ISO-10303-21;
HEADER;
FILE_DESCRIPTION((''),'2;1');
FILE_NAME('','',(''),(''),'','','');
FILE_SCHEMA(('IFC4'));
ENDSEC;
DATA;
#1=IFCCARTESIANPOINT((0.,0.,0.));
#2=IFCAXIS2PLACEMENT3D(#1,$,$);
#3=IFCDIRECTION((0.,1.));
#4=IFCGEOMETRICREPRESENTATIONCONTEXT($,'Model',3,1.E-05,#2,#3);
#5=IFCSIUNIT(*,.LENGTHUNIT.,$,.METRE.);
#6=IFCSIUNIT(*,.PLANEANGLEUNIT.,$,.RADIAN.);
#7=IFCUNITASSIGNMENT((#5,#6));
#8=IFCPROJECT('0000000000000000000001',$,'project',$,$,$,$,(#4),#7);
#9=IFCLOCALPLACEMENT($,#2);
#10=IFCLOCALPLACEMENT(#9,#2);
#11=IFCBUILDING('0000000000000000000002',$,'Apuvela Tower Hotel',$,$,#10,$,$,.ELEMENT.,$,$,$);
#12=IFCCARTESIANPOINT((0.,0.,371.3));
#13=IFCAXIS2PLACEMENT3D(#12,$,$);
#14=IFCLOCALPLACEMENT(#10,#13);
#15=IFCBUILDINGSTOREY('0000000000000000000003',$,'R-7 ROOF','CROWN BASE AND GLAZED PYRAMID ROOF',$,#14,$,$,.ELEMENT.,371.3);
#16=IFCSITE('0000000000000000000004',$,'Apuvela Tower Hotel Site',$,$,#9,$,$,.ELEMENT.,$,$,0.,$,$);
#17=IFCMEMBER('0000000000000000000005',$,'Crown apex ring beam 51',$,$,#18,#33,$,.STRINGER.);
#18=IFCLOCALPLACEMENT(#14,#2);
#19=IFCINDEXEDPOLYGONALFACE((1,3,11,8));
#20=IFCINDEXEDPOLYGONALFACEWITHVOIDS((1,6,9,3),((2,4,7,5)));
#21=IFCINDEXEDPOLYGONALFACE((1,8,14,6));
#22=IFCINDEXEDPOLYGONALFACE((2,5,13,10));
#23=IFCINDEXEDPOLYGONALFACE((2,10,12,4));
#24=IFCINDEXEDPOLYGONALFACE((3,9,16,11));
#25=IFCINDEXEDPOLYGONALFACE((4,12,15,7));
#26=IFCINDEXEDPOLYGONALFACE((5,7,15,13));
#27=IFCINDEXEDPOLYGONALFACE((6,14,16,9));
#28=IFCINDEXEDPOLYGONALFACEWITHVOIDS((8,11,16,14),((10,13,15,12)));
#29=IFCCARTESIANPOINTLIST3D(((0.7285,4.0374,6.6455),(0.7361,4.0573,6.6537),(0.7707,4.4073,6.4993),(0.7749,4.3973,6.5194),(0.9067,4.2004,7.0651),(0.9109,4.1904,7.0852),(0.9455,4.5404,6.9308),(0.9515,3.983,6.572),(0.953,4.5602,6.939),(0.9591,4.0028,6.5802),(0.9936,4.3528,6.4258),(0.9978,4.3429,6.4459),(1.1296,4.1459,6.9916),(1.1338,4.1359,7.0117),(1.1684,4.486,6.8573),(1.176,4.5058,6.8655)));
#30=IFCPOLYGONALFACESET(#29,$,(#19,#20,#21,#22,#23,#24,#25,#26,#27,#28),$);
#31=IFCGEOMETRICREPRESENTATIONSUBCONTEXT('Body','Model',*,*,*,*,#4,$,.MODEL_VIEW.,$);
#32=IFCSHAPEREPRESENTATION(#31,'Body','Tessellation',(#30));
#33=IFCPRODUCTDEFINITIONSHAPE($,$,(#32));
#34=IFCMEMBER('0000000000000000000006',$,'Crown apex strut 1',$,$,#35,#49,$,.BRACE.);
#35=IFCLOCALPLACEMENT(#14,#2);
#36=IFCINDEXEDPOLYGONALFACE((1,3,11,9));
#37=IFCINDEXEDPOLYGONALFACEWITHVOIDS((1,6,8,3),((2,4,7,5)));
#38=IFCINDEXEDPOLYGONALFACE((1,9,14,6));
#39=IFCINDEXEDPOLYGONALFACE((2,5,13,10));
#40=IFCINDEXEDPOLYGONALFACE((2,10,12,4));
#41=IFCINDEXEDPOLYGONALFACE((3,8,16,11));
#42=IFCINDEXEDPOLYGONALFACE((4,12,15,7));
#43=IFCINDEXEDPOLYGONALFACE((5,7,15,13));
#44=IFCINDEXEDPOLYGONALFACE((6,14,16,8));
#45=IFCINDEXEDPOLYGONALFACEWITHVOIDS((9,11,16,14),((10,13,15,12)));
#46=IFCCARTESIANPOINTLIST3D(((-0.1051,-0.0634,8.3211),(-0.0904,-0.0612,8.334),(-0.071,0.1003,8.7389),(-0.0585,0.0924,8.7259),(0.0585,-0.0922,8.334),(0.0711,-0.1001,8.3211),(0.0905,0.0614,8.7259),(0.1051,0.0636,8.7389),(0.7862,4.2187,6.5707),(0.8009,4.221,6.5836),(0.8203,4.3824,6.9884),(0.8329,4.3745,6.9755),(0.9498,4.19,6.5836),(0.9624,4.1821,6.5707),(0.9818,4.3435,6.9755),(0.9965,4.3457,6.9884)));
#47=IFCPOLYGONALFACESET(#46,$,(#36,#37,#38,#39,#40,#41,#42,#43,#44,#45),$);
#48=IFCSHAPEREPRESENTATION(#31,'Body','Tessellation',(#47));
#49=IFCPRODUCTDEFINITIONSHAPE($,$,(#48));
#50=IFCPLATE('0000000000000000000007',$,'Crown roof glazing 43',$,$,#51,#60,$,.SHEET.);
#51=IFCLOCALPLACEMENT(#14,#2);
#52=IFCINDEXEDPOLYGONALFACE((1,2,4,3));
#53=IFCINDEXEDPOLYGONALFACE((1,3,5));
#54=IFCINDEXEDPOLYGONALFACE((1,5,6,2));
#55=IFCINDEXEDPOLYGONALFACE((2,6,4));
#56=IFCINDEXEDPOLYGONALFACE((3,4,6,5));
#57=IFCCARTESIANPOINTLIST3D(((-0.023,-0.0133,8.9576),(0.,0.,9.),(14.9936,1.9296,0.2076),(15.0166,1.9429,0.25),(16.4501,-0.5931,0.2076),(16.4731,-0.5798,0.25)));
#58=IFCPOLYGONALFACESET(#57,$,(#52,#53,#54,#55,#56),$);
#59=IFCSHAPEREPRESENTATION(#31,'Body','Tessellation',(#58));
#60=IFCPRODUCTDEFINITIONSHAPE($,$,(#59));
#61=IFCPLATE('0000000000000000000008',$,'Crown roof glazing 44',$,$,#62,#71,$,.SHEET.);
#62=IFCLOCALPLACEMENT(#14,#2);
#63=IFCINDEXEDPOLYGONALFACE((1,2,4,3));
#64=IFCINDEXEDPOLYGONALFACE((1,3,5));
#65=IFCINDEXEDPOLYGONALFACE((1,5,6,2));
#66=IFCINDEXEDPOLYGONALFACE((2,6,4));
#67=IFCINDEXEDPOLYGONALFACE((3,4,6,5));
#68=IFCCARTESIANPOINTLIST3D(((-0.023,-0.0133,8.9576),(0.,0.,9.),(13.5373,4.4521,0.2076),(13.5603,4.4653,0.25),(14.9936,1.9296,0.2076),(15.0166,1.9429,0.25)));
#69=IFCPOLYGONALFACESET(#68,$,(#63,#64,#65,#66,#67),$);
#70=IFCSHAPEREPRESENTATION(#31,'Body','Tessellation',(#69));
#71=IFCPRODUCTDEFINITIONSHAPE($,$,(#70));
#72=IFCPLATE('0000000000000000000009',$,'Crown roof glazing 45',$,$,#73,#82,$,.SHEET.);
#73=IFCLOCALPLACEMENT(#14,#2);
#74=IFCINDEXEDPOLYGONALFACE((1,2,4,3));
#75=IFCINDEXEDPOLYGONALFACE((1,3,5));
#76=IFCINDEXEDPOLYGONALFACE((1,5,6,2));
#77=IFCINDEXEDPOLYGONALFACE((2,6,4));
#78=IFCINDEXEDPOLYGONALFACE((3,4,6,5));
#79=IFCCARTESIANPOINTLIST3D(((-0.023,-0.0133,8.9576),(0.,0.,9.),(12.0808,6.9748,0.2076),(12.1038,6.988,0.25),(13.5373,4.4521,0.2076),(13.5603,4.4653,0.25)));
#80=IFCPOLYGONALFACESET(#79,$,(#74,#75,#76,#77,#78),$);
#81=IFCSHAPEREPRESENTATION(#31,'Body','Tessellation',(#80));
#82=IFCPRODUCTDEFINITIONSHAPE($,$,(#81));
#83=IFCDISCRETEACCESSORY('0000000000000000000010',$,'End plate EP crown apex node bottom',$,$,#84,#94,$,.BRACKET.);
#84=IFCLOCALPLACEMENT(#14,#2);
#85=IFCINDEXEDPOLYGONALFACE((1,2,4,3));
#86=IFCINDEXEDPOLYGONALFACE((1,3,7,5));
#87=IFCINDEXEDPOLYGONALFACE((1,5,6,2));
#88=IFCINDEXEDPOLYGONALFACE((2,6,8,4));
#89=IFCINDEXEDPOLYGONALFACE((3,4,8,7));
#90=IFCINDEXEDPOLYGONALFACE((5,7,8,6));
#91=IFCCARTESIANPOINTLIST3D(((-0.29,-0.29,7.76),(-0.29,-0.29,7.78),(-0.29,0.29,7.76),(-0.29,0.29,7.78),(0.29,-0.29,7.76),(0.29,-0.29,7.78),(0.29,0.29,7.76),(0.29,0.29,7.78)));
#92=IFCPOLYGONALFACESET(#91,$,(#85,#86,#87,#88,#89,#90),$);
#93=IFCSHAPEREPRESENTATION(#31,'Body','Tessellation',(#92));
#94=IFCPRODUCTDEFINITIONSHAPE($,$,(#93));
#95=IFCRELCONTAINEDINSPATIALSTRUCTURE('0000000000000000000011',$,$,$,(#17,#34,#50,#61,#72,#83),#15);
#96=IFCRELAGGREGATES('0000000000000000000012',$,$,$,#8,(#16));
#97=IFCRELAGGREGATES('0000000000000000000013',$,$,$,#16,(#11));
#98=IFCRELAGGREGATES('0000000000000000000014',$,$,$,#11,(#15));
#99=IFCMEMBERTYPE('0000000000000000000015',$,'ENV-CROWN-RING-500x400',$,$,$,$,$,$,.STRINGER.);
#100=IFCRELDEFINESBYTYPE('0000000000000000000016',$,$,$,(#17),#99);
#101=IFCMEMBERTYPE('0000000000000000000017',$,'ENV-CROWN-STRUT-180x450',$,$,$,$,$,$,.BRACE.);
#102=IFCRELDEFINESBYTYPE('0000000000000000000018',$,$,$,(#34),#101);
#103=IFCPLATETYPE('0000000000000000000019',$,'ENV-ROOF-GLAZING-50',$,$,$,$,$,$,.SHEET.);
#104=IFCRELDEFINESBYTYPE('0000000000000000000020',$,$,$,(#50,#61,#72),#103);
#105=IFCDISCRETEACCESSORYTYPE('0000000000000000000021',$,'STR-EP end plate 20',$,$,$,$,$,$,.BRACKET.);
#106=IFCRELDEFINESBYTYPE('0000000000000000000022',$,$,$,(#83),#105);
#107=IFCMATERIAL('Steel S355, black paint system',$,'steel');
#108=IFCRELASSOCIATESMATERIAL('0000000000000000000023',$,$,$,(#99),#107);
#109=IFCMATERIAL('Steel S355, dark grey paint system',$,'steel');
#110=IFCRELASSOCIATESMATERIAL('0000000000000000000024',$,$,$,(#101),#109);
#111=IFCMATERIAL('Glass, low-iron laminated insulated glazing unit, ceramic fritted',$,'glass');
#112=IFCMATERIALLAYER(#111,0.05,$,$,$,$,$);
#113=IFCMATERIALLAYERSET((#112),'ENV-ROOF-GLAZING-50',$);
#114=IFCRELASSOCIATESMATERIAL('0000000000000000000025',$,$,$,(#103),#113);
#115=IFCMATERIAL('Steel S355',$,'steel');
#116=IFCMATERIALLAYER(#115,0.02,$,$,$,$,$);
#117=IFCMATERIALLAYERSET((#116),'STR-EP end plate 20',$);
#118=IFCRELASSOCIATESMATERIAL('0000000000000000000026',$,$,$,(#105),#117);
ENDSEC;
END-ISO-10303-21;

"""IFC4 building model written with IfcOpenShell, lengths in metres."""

from ifc_helpers import new_model, si_unit, direction, frame, origin, origin_2d, place, context, subcontext, project, spatial, polyline, rectangle, hollow_rectangle, outline, extrude, material, layer, layer_set, material_profile, profile_set, type_object, element, save


model = new_model("IFC4")

# Units and contexts
model_context = context("Model", 3, precision=1e-05, world=origin(), true_north=direction((0.0, 1.0)))
body_context = subcontext(model_context, "Body", "Model", "MODEL_VIEW")
ifc_project = project(units=[si_unit("LENGTHUNIT", "METRE"), si_unit("PLANEANGLEUNIT", "RADIAN")], contexts=[model_context])

# Site, building, storey
site_placement = place(None, origin())
site = spatial("IfcSite", under=ifc_project, at=site_placement, Name="Apuvela Tower Hotel Site", CompositionType="ELEMENT", RefElevation=0.0)
building_placement = place(site_placement, origin())
building = spatial("IfcBuilding", under=site, at=building_placement, Name="Apuvela Tower Hotel", CompositionType="ELEMENT")
storey_placement = place(building_placement, frame((0.0, 0.0, 371.3)))
storey = spatial("IfcBuildingStorey", under=building, at=storey_placement, Name="R-7 ROOF", Description="CROWN BASE AND GLAZED PYRAMID ROOF", CompositionType="ELEMENT", Elevation=371.3)

# Members
ifc_material_1 = material(Name="Steel S355, dark grey paint system", Category="steel")
ifc_material_2 = material(Name="Steel S355, black paint system", Category="steel")
ifc_material_profile_1 = material_profile(ifc_material_2, hollow_rectangle(XDim=0.3999, YDim=0.5, WallThickness=0.0161, at=origin_2d()), Name="HSS 500x400x16")
ifc_profile_set_1 = profile_set([ifc_material_profile_1], Name="Steel S355, black paint system")
member_type_1 = type_object("IfcMemberType", Name="ENV-CROWN-RING-500x400", PredefinedType="STRINGER", material=ifc_profile_set_1)
member_1_placement = place(storey_placement, frame((1.0637, 4.2444, 6.7188), z_axis=(-0.925154, 0.225969, 0.305007), x_axis=(-0.105416, -0.924848, 0.365437)))
element("IfcMember", 1, at=member_1_placement, inside=storey, type_object=member_type_1, Name="Crown apex ring beam 51", PredefinedType="STRINGER", context=body_context, shape_type="SweptSolid", body=[
    extrude(hollow_rectangle(XDim=0.3999, YDim=0.5, WallThickness=0.0161, at=origin_2d()), origin(), (0.0, 0.0, 1.0), 0.241),
])
ifc_material_profile_2 = material_profile(ifc_material_1, hollow_rectangle(XDim=0.1799, YDim=0.45, WallThickness=0.0139, at=origin_2d()), Name="HSS 450x180x14")
ifc_profile_set_2 = profile_set([ifc_material_profile_2], Name="Steel S355, dark grey paint system")
member_type_2 = type_object("IfcMemberType", Name="ENV-CROWN-STRUT-180x450", PredefinedType="BRACE", material=ifc_profile_set_2)
member_2_placement = place(storey_placement, frame((0.8914, 4.2822, 6.7795), z_axis=(-0.189196, -0.90893, 0.371552), x_axis=(0.979016, -0.203785, 0.0)))
element("IfcMember", 2, at=member_2_placement, inside=storey, type_object=member_type_2, Name="Crown apex strut 1", PredefinedType="BRACE", context=body_context, shape_type="SweptSolid", body=[
    extrude(hollow_rectangle(XDim=0.1799, YDim=0.45, WallThickness=0.0139, at=origin_2d()), origin(), (0.0, 0.0, 1.0), 4.7112),
])

# Plates
ifc_material_3 = material(Name="Glass, low-iron laminated insulated glazing unit, ceramic fritted", Category="glass")
ifc_layer_1 = layer(ifc_material_3, 0.05)
ifc_layer_set_1 = layer_set([ifc_layer_1], Name="ENV-ROOF-GLAZING-50")
plate_type = type_object("IfcPlateType", Name="ENV-ROOF-GLAZING-50", PredefinedType="SHEET", material=ifc_layer_set_1)
plate_1_placement = place(storey_placement, frame((16.4731, -0.5798, 0.25), z_axis=(0.459552, 0.265333, 0.847591), x_axis=(-0.500015, 0.866017, 0.0)))
element("IfcPlate", 3, at=plate_1_placement, inside=storey, type_object=plate_type, Name="Crown roof glazing 43", PredefinedType="SHEET", context=body_context, shape_type="SweptSolid", body=[
    extrude(outline(polyline([(0.0, 0.0), (2.913, 0.0), (8.739, 16.4892), (0.0, 0.0)])), origin(), (0.0, 0.0, -1.0), 0.05),
])
plate_2_placement = place(storey_placement, frame((15.0166, 1.9429, 0.25), z_axis=(0.459556, 0.265317, 0.847594), x_axis=(-0.499988, 0.866032, 0.0)))
element("IfcPlate", 4, at=plate_2_placement, inside=storey, type_object=plate_type, Name="Crown roof glazing 44", PredefinedType="SHEET", context=body_context, shape_type="SweptSolid", body=[
    extrude(outline(polyline([(0.0, 0.0), (2.9127, 0.0), (5.8255, 16.4893), (0.0, 0.0)])), origin(), (0.0, 0.0, -1.0), 0.05),
])
plate_3_placement = place(storey_placement, frame((13.5603, 4.4653, 0.25), z_axis=(0.45955, 0.265332, 0.847592), x_axis=(-0.500015, 0.866017, 0.0)))
element("IfcPlate", 5, at=plate_3_placement, inside=storey, type_object=plate_type, Name="Crown roof glazing 45", PredefinedType="SHEET", context=body_context, shape_type="SweptSolid", body=[
    extrude(outline(polyline([(0.0, 0.0), (2.913, 0.0), (2.9133, 16.4893), (0.0, 0.0)])), origin(), (0.0, 0.0, -1.0), 0.05),
])

# Discrete accessory
ifc_material_4 = material(Name="Steel S355", Category="steel")
ifc_layer_2 = layer(ifc_material_4, 0.02)
ifc_layer_set_2 = layer_set([ifc_layer_2], Name="STR-EP end plate 20")
discrete_accessory_type = type_object("IfcDiscreteAccessoryType", Name="STR-EP end plate 20", PredefinedType="BRACKET", material=ifc_layer_set_2)
discrete_accessory_placement = place(storey_placement, frame((0.0, 0.0, 7.76), z_axis=(0.0, 0.0, 1.0), x_axis=(1.0, 0.0, 0.0)))
element("IfcDiscreteAccessory", 6, at=discrete_accessory_placement, inside=storey, type_object=discrete_accessory_type, Name="End plate EP crown apex node bottom", PredefinedType="BRACKET", context=body_context, shape_type="SweptSolid", body=[
    extrude(rectangle(XDim=0.5801, YDim=0.5801, at=origin_2d()), origin(), (0.0, 0.0, 1.0), 0.02),
])

save(model, "model.ifc")
